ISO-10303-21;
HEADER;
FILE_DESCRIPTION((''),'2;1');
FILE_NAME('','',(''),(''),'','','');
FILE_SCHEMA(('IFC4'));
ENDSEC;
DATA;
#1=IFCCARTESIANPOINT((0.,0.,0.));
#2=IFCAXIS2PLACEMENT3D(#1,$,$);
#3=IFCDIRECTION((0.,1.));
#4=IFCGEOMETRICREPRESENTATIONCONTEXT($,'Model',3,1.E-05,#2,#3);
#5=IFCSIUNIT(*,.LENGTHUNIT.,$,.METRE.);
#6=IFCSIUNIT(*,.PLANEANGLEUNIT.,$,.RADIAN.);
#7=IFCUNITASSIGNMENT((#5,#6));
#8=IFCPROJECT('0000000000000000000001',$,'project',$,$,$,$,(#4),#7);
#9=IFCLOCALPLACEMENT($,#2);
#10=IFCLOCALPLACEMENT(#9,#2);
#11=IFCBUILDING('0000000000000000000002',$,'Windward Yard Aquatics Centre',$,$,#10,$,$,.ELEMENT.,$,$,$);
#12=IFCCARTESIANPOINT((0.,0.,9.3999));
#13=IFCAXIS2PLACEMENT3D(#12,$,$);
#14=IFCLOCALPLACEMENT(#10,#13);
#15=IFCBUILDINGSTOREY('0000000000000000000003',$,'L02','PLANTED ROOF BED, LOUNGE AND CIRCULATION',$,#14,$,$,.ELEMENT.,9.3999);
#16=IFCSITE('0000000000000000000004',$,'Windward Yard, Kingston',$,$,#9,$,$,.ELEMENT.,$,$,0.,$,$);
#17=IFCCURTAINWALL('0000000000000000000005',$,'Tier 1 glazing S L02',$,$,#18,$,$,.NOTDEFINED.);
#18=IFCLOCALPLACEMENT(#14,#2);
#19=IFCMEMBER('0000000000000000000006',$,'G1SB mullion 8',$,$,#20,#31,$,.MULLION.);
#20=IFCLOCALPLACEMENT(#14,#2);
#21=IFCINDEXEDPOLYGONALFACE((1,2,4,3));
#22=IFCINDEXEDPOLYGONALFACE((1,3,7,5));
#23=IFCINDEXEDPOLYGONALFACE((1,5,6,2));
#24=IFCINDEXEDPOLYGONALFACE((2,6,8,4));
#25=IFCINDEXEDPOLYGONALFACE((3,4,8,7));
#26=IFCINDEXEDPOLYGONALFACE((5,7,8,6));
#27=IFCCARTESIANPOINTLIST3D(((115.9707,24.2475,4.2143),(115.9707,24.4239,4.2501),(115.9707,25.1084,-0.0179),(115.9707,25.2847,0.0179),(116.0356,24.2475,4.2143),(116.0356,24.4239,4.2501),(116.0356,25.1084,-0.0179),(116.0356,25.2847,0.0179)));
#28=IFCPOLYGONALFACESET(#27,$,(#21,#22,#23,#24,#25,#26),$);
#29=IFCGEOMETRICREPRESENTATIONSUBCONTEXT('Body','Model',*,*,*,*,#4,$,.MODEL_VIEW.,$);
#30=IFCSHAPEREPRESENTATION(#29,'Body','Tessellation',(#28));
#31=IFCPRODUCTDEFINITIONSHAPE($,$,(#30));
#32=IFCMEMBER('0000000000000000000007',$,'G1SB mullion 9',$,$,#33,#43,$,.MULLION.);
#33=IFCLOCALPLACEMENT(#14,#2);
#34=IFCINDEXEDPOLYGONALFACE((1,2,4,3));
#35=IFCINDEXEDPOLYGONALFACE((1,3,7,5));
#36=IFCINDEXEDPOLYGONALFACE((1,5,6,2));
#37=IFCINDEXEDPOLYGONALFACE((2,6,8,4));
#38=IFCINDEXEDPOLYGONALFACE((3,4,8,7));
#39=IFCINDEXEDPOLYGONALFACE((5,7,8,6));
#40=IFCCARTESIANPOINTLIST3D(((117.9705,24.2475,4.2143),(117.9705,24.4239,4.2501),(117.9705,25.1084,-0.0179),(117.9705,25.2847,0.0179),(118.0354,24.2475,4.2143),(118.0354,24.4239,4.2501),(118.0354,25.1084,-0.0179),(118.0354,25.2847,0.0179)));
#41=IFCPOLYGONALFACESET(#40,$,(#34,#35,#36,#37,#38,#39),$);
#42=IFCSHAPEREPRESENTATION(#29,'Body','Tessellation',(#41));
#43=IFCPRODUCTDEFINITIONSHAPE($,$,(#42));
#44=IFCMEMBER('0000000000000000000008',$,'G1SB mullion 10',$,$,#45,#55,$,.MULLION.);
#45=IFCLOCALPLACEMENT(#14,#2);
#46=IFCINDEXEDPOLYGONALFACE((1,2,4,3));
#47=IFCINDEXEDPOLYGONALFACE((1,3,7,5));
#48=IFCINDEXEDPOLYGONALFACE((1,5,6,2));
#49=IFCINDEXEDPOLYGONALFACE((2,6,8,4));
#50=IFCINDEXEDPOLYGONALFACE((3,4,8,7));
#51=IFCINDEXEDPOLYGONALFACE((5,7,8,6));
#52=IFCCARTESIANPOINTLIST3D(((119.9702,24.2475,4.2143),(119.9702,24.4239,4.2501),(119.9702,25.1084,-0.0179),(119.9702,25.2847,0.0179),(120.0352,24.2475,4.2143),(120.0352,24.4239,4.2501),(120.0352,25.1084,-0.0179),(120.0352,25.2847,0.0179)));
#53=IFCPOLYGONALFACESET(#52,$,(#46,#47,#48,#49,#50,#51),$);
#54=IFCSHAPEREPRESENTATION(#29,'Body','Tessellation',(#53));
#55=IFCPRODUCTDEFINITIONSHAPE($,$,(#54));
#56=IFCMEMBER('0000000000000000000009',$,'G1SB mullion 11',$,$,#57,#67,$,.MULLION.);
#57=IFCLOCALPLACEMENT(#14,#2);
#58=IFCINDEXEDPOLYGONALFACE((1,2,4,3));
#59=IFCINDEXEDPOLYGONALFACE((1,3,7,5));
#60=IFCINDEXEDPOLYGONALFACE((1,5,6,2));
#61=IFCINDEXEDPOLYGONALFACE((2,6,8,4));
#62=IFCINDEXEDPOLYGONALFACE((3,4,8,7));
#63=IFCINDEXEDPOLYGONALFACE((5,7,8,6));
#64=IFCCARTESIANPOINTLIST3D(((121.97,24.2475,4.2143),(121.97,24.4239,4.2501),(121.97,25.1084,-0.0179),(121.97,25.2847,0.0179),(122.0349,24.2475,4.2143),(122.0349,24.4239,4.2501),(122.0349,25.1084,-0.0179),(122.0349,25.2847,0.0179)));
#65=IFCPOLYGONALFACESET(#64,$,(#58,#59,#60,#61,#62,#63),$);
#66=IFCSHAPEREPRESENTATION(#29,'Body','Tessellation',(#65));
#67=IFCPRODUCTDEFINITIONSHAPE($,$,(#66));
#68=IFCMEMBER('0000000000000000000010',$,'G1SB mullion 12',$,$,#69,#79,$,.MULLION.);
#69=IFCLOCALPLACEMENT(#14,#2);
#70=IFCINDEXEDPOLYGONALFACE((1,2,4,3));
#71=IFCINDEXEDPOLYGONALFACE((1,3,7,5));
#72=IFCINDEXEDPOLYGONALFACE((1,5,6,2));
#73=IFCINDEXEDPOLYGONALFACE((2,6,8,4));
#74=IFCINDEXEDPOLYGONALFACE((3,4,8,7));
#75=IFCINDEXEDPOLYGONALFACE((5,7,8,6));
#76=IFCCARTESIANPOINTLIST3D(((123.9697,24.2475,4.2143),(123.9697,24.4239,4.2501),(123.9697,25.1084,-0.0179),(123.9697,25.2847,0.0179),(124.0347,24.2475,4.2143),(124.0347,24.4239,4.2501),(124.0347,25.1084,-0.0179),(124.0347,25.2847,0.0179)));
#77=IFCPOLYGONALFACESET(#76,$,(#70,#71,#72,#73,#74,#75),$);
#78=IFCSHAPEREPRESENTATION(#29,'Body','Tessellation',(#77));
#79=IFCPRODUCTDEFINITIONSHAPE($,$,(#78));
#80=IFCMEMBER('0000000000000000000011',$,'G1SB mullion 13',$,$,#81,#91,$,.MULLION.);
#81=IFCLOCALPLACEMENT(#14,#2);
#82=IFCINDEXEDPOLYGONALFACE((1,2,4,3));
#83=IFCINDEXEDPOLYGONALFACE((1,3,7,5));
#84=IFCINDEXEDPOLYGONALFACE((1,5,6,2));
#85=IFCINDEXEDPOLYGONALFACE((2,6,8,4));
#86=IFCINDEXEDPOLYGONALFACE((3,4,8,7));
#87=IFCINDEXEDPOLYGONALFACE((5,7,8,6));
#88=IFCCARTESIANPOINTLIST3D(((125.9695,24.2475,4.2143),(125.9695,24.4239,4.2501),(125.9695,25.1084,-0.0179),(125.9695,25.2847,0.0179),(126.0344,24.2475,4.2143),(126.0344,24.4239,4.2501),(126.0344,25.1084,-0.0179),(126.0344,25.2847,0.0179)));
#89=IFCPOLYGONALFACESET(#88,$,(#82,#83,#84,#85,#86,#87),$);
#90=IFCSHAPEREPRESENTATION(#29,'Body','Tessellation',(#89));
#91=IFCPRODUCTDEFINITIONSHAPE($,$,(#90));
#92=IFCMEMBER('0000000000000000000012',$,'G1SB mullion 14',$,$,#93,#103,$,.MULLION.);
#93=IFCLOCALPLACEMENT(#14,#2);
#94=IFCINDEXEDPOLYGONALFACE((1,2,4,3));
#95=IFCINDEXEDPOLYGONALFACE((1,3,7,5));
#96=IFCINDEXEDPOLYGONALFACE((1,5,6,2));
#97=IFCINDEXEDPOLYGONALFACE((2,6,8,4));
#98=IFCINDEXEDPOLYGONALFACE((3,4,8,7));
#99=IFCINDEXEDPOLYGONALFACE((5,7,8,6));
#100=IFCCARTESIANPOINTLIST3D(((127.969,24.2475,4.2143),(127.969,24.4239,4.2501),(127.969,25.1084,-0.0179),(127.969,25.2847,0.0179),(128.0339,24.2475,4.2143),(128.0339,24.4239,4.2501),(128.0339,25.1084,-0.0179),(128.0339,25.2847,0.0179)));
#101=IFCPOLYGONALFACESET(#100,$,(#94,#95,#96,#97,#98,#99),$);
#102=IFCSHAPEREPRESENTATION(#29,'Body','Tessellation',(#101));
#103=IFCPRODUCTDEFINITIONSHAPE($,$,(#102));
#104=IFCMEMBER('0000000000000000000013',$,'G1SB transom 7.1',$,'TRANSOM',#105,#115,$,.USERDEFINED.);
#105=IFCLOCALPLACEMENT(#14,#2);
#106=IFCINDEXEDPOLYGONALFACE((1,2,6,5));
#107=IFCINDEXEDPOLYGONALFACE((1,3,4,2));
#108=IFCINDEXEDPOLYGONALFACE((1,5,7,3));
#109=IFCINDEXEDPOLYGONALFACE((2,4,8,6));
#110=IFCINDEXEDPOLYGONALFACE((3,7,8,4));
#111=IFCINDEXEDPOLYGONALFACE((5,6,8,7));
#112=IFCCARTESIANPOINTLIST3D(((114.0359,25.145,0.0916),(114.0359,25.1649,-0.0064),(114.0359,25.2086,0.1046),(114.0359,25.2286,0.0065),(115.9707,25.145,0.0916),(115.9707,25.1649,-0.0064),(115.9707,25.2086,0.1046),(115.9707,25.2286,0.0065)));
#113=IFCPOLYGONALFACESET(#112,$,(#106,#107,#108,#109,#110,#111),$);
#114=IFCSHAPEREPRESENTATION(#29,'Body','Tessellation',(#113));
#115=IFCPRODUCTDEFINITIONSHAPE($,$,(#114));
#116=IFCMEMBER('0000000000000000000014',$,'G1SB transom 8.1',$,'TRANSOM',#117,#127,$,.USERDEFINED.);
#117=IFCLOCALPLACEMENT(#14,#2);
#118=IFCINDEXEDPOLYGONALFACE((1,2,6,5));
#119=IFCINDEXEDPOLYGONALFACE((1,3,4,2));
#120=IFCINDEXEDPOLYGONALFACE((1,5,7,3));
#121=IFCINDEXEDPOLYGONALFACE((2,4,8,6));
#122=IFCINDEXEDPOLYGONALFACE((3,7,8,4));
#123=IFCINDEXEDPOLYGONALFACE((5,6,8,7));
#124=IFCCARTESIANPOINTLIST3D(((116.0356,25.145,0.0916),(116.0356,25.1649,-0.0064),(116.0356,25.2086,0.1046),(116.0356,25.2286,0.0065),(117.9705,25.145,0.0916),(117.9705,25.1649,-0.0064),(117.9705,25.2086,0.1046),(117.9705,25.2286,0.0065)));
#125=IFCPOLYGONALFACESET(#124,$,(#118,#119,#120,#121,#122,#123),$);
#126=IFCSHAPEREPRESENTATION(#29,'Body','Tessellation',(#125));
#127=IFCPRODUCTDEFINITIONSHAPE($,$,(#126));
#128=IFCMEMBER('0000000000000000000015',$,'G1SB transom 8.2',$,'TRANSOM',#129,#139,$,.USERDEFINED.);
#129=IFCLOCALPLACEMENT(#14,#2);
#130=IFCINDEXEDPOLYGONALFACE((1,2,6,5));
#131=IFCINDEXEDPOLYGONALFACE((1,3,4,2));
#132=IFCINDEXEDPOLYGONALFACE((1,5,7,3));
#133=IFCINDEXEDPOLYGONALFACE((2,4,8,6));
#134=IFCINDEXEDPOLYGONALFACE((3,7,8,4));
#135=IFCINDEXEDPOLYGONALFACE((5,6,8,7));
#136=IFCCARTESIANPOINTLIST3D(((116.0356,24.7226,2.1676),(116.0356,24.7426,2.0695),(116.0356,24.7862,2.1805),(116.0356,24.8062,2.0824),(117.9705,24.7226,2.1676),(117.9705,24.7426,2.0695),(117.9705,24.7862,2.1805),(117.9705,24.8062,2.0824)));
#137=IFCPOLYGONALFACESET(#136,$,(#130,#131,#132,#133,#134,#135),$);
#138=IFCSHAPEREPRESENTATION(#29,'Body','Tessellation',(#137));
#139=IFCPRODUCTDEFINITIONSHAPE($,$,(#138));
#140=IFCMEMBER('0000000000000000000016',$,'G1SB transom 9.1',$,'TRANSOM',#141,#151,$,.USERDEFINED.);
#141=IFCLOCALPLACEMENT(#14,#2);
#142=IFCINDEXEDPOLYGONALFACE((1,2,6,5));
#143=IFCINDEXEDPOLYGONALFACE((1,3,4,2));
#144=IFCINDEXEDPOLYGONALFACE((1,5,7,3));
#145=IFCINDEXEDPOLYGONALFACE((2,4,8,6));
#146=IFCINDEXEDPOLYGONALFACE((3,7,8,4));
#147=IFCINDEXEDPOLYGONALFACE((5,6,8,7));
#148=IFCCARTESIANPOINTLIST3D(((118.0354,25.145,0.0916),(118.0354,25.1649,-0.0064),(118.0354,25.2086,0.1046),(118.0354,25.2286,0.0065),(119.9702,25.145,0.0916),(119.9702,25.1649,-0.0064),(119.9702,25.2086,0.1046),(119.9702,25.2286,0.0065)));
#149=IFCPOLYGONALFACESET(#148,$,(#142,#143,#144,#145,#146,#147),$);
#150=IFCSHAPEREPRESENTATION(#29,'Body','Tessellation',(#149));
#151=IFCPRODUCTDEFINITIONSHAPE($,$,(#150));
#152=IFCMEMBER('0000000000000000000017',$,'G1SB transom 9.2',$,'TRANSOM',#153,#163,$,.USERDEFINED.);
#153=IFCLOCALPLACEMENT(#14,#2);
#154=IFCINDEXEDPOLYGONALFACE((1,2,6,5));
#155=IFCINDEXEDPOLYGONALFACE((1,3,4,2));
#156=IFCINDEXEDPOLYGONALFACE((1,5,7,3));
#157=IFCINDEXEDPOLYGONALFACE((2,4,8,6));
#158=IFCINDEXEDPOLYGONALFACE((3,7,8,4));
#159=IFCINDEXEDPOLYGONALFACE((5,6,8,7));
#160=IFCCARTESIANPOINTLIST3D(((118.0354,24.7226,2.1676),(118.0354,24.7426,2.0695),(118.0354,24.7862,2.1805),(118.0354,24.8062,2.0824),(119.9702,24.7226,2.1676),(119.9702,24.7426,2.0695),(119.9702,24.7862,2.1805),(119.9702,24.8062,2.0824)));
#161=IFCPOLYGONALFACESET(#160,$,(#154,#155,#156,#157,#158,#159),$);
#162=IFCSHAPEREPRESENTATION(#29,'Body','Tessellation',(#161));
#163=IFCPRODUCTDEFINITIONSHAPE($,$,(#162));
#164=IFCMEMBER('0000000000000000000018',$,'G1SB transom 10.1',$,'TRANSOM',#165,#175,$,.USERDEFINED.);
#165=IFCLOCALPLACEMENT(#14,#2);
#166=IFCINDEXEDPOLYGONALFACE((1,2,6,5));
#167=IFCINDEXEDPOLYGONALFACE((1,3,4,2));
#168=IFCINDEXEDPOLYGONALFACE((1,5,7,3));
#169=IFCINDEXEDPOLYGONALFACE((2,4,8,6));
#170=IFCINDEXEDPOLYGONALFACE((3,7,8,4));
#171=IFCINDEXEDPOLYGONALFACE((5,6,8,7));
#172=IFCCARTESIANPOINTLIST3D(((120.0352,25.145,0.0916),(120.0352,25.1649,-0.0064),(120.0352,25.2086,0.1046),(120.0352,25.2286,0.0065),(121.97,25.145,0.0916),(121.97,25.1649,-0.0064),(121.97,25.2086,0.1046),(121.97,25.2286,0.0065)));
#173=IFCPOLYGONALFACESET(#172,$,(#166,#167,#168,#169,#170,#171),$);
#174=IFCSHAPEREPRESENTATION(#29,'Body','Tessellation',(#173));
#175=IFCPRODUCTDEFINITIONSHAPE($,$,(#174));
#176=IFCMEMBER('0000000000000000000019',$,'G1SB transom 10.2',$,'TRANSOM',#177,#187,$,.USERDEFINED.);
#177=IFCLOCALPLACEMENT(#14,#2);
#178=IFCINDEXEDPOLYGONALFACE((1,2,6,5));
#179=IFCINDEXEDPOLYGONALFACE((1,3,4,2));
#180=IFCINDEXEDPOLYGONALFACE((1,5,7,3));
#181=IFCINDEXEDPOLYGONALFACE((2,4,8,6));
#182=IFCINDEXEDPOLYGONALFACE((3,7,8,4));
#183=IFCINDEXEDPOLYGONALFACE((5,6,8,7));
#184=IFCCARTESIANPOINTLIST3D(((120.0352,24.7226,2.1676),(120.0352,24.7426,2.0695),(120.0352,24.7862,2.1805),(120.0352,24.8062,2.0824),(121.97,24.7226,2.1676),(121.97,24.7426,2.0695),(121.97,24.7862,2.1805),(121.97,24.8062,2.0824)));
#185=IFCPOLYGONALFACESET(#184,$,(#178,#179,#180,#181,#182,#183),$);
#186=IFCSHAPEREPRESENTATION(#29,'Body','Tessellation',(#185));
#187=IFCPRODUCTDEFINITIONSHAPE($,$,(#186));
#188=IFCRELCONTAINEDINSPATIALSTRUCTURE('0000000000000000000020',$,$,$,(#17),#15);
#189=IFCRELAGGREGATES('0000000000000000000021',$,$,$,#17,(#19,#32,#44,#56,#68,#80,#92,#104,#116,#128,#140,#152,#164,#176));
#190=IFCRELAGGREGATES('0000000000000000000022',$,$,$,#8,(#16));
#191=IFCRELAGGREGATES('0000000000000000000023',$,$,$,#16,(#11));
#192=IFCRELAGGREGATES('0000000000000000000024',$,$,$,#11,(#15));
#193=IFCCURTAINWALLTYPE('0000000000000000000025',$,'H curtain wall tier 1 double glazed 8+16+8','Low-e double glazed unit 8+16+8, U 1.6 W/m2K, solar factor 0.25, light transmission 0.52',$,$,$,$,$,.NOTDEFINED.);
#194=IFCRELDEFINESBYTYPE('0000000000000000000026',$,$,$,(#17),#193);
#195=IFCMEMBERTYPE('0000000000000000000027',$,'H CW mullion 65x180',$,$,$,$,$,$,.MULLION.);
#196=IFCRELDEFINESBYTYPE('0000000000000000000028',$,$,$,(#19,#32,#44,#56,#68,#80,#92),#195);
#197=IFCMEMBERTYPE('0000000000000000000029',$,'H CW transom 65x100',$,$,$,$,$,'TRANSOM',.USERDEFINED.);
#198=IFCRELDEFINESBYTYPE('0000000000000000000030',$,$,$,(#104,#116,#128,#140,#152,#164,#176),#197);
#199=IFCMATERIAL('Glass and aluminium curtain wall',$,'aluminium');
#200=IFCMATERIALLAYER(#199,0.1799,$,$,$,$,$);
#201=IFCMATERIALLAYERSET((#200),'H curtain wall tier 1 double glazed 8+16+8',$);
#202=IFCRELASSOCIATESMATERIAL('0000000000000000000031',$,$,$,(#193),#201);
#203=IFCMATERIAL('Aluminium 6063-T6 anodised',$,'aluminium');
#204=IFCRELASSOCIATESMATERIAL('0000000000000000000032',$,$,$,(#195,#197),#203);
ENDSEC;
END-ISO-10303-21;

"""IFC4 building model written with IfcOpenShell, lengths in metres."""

from ifc_helpers import new_model, si_unit, direction, frame, origin, origin_2d, place, context, subcontext, project, spatial, rectangle, extrude, material, layer, layer_set, material_profile, profile_set, type_object, element, aggregate, save


model = new_model("IFC4")

# Units and contexts
model_context = context("Model", 3, precision=1e-05, world=origin(), true_north=direction((0.0, 1.0)))
body_context = subcontext(model_context, "Body", "Model", "MODEL_VIEW")
ifc_project = project(units=[si_unit("LENGTHUNIT", "METRE"), si_unit("PLANEANGLEUNIT", "RADIAN")], contexts=[model_context])

# Site, building, storey
site_placement = place(None, origin())
site = spatial("IfcSite", under=ifc_project, at=site_placement, Name="Windward Yard, Kingston", CompositionType="ELEMENT", RefElevation=0.0)
building_placement = place(site_placement, origin())
building = spatial("IfcBuilding", under=site, at=building_placement, Name="Windward Yard Aquatics Centre", CompositionType="ELEMENT")
storey_placement = place(building_placement, frame((0.0, 0.0, 9.3999)))
storey = spatial("IfcBuildingStorey", under=building, at=storey_placement, Name="L02", Description="PLANTED ROOF BED, LOUNGE AND CIRCULATION", CompositionType="ELEMENT", Elevation=9.3999)

# Curtain wall, members
ifc_material_1 = material(Name="Glass and aluminium curtain wall", Category="aluminium")
ifc_layer_1 = layer(ifc_material_1, 0.1799)
ifc_layer_set_1 = layer_set([ifc_layer_1], Name="H curtain wall tier 1 double glazed 8+16+8")
curtain_wall_type = type_object("IfcCurtainWallType", Name="H curtain wall tier 1 double glazed 8+16+8", Description="Low-e double glazed unit 8+16+8, U 1.6 W/m2K, solar factor 0.25, light transmission 0.52", PredefinedType="NOTDEFINED", material=ifc_layer_set_1)
curtain_wall_placement = place(storey_placement, origin())
curtain_wall = element("IfcCurtainWall", 1, at=curtain_wall_placement, inside=storey, type_object=curtain_wall_type, Name="Tier 1 glazing S L02", PredefinedType="NOTDEFINED")
ifc_material_2 = material(Name="Aluminium 6063-T6 anodised", Category="aluminium")
ifc_material_profile_1 = material_profile(ifc_material_2, rectangle(XDim=0.0649, YDim=0.1799, at=origin_2d()), Name="H CW mullion 65x180")
ifc_profile_set_1 = profile_set([ifc_material_profile_1], Name="Aluminium 6063-T6 anodised")
member_type_1 = type_object("IfcMemberType", Name="H CW mullion 65x180", PredefinedType="MULLION", material=ifc_profile_set_1)
member_1_placement = place(storey_placement, frame((116.0032, 25.1965, 0.0), z_axis=(0.0, -0.199322, 0.979934), x_axis=(1.0, 0.0, 0.0)))
member_1 = element("IfcMember", 2, at=member_1_placement, type_object=member_type_1, Name="G1SB mullion 8", PredefinedType="MULLION", context=body_context, shape_type="SweptSolid", body=[
    extrude(rectangle(XDim=0.0649, YDim=0.1799, at=origin_2d()), origin(), (0.0, 0.0, 1.0), 4.3188),
])
member_2_placement = place(storey_placement, frame((118.0029, 25.1965, 0.0), z_axis=(0.0, -0.199322, 0.979934), x_axis=(1.0, 0.0, 0.0)))
member_2 = element("IfcMember", 3, at=member_2_placement, type_object=member_type_1, Name="G1SB mullion 9", PredefinedType="MULLION", context=body_context, shape_type="SweptSolid", body=[
    extrude(rectangle(XDim=0.0649, YDim=0.1799, at=origin_2d()), origin(), (0.0, 0.0, 1.0), 4.3188),
])
member_3_placement = place(storey_placement, frame((120.0027, 25.1965, 0.0), z_axis=(0.0, -0.199322, 0.979934), x_axis=(1.0, 0.0, 0.0)))
member_3 = element("IfcMember", 4, at=member_3_placement, type_object=member_type_1, Name="G1SB mullion 10", PredefinedType="MULLION", context=body_context, shape_type="SweptSolid", body=[
    extrude(rectangle(XDim=0.0649, YDim=0.1799, at=origin_2d()), origin(), (0.0, 0.0, 1.0), 4.3188),
])
member_4_placement = place(storey_placement, frame((122.0024, 25.1965, 0.0), z_axis=(0.0, -0.199322, 0.979934), x_axis=(1.0, 0.0, 0.0)))
member_4 = element("IfcMember", 5, at=member_4_placement, type_object=member_type_1, Name="G1SB mullion 11", PredefinedType="MULLION", context=body_context, shape_type="SweptSolid", body=[
    extrude(rectangle(XDim=0.0649, YDim=0.1799, at=origin_2d()), origin(), (0.0, 0.0, 1.0), 4.3188),
])
member_5_placement = place(storey_placement, frame((124.0022, 25.1965, 0.0), z_axis=(0.0, -0.199322, 0.979934), x_axis=(1.0, 0.0, 0.0)))
member_5 = element("IfcMember", 6, at=member_5_placement, type_object=member_type_1, Name="G1SB mullion 12", PredefinedType="MULLION", context=body_context, shape_type="SweptSolid", body=[
    extrude(rectangle(XDim=0.0649, YDim=0.1799, at=origin_2d()), origin(), (0.0, 0.0, 1.0), 4.3188),
])
member_6_placement = place(storey_placement, frame((126.002, 25.1965, 0.0), z_axis=(0.0, -0.199322, 0.979934), x_axis=(1.0, 0.0, 0.0)))
member_6 = element("IfcMember", 7, at=member_6_placement, type_object=member_type_1, Name="G1SB mullion 13", PredefinedType="MULLION", context=body_context, shape_type="SweptSolid", body=[
    extrude(rectangle(XDim=0.0649, YDim=0.1799, at=origin_2d()), origin(), (0.0, 0.0, 1.0), 4.3188),
])
member_7_placement = place(storey_placement, frame((128.0015, 25.1965, 0.0), z_axis=(0.0, -0.199322, 0.979934), x_axis=(1.0, 0.0, 0.0)))
member_7 = element("IfcMember", 8, at=member_7_placement, type_object=member_type_1, Name="G1SB mullion 14", PredefinedType="MULLION", context=body_context, shape_type="SweptSolid", body=[
    extrude(rectangle(XDim=0.0649, YDim=0.1799, at=origin_2d()), origin(), (0.0, 0.0, 1.0), 4.3188),
])
ifc_material_profile_2 = material_profile(ifc_material_2, rectangle(XDim=0.0649, YDim=0.1001, at=origin_2d()), Name="H CW transom 65x100")
ifc_profile_set_2 = profile_set([ifc_material_profile_2], Name="Aluminium 6063-T6 anodised")
member_type_2 = type_object("IfcMemberType", Name="H CW transom 65x100", ElementType="TRANSOM", PredefinedType="USERDEFINED", material=ifc_profile_set_2)
member_8_placement = place(storey_placement, frame((114.0359, 25.1868, 0.0491), z_axis=(1.0, 0.0, 0.0), x_axis=(0.0, 0.979925, 0.199368)))
member_8 = element("IfcMember", 9, at=member_8_placement, type_object=member_type_2, Name="G1SB transom 7.1", ObjectType="TRANSOM", PredefinedType="USERDEFINED", context=body_context, shape_type="SweptSolid", body=[
    extrude(rectangle(XDim=0.0649, YDim=0.1001, at=origin_2d()), origin(), (0.0, 0.0, 1.0), 1.9348),
])
member_9_placement = place(storey_placement, frame((116.0356, 25.1868, 0.0491), z_axis=(1.0, 0.0, 0.0), x_axis=(0.0, 0.979925, 0.199368)))
member_9 = element("IfcMember", 10, at=member_9_placement, type_object=member_type_2, Name="G1SB transom 8.1", ObjectType="TRANSOM", PredefinedType="USERDEFINED", context=body_context, shape_type="SweptSolid", body=[
    extrude(rectangle(XDim=0.0649, YDim=0.1001, at=origin_2d()), origin(), (0.0, 0.0, 1.0), 1.9348),
])
member_10_placement = place(storey_placement, frame((116.0356, 24.7644, 2.125), z_axis=(1.0, 0.0, 0.0), x_axis=(0.0, 0.979925, 0.199368)))
member_10 = element("IfcMember", 11, at=member_10_placement, type_object=member_type_2, Name="G1SB transom 8.2", ObjectType="TRANSOM", PredefinedType="USERDEFINED", context=body_context, shape_type="SweptSolid", body=[
    extrude(rectangle(XDim=0.0649, YDim=0.1001, at=origin_2d()), origin(), (0.0, 0.0, 1.0), 1.9348),
])
member_11_placement = place(storey_placement, frame((118.0354, 25.1868, 0.0491), z_axis=(1.0, 0.0, 0.0), x_axis=(0.0, 0.979925, 0.199368)))
member_11 = element("IfcMember", 12, at=member_11_placement, type_object=member_type_2, Name="G1SB transom 9.1", ObjectType="TRANSOM", PredefinedType="USERDEFINED", context=body_context, shape_type="SweptSolid", body=[
    extrude(rectangle(XDim=0.0649, YDim=0.1001, at=origin_2d()), origin(), (0.0, 0.0, 1.0), 1.9348),
])
member_12_placement = place(storey_placement, frame((118.0354, 24.7644, 2.125), z_axis=(1.0, 0.0, 0.0), x_axis=(0.0, 0.979925, 0.199368)))
member_12 = element("IfcMember", 13, at=member_12_placement, type_object=member_type_2, Name="G1SB transom 9.2", ObjectType="TRANSOM", PredefinedType="USERDEFINED", context=body_context, shape_type="SweptSolid", body=[
    extrude(rectangle(XDim=0.0649, YDim=0.1001, at=origin_2d()), origin(), (0.0, 0.0, 1.0), 1.9348),
])
member_13_placement = place(storey_placement, frame((120.0352, 25.1868, 0.0491), z_axis=(1.0, 0.0, 0.0), x_axis=(0.0, 0.979925, 0.199368)))
member_13 = element("IfcMember", 14, at=member_13_placement, type_object=member_type_2, Name="G1SB transom 10.1", ObjectType="TRANSOM", PredefinedType="USERDEFINED", context=body_context, shape_type="SweptSolid", body=[
    extrude(rectangle(XDim=0.0649, YDim=0.1001, at=origin_2d()), origin(), (0.0, 0.0, 1.0), 1.9348),
])
member_14_placement = place(storey_placement, frame((120.0352, 24.7644, 2.125), z_axis=(1.0, 0.0, 0.0), x_axis=(0.0, 0.979925, 0.199368)))
member_14 = element("IfcMember", 15, at=member_14_placement, type_object=member_type_2, Name="G1SB transom 10.2", ObjectType="TRANSOM", PredefinedType="USERDEFINED", context=body_context, shape_type="SweptSolid", body=[
    extrude(rectangle(XDim=0.0649, YDim=0.1001, at=origin_2d()), origin(), (0.0, 0.0, 1.0), 1.9348),
])

aggregate(curtain_wall, [member_1, member_2, member_3, member_4, member_5, member_6, member_7, member_8, member_9, member_10, member_11, member_12, member_13, member_14])

save(model, "model.ifc")
